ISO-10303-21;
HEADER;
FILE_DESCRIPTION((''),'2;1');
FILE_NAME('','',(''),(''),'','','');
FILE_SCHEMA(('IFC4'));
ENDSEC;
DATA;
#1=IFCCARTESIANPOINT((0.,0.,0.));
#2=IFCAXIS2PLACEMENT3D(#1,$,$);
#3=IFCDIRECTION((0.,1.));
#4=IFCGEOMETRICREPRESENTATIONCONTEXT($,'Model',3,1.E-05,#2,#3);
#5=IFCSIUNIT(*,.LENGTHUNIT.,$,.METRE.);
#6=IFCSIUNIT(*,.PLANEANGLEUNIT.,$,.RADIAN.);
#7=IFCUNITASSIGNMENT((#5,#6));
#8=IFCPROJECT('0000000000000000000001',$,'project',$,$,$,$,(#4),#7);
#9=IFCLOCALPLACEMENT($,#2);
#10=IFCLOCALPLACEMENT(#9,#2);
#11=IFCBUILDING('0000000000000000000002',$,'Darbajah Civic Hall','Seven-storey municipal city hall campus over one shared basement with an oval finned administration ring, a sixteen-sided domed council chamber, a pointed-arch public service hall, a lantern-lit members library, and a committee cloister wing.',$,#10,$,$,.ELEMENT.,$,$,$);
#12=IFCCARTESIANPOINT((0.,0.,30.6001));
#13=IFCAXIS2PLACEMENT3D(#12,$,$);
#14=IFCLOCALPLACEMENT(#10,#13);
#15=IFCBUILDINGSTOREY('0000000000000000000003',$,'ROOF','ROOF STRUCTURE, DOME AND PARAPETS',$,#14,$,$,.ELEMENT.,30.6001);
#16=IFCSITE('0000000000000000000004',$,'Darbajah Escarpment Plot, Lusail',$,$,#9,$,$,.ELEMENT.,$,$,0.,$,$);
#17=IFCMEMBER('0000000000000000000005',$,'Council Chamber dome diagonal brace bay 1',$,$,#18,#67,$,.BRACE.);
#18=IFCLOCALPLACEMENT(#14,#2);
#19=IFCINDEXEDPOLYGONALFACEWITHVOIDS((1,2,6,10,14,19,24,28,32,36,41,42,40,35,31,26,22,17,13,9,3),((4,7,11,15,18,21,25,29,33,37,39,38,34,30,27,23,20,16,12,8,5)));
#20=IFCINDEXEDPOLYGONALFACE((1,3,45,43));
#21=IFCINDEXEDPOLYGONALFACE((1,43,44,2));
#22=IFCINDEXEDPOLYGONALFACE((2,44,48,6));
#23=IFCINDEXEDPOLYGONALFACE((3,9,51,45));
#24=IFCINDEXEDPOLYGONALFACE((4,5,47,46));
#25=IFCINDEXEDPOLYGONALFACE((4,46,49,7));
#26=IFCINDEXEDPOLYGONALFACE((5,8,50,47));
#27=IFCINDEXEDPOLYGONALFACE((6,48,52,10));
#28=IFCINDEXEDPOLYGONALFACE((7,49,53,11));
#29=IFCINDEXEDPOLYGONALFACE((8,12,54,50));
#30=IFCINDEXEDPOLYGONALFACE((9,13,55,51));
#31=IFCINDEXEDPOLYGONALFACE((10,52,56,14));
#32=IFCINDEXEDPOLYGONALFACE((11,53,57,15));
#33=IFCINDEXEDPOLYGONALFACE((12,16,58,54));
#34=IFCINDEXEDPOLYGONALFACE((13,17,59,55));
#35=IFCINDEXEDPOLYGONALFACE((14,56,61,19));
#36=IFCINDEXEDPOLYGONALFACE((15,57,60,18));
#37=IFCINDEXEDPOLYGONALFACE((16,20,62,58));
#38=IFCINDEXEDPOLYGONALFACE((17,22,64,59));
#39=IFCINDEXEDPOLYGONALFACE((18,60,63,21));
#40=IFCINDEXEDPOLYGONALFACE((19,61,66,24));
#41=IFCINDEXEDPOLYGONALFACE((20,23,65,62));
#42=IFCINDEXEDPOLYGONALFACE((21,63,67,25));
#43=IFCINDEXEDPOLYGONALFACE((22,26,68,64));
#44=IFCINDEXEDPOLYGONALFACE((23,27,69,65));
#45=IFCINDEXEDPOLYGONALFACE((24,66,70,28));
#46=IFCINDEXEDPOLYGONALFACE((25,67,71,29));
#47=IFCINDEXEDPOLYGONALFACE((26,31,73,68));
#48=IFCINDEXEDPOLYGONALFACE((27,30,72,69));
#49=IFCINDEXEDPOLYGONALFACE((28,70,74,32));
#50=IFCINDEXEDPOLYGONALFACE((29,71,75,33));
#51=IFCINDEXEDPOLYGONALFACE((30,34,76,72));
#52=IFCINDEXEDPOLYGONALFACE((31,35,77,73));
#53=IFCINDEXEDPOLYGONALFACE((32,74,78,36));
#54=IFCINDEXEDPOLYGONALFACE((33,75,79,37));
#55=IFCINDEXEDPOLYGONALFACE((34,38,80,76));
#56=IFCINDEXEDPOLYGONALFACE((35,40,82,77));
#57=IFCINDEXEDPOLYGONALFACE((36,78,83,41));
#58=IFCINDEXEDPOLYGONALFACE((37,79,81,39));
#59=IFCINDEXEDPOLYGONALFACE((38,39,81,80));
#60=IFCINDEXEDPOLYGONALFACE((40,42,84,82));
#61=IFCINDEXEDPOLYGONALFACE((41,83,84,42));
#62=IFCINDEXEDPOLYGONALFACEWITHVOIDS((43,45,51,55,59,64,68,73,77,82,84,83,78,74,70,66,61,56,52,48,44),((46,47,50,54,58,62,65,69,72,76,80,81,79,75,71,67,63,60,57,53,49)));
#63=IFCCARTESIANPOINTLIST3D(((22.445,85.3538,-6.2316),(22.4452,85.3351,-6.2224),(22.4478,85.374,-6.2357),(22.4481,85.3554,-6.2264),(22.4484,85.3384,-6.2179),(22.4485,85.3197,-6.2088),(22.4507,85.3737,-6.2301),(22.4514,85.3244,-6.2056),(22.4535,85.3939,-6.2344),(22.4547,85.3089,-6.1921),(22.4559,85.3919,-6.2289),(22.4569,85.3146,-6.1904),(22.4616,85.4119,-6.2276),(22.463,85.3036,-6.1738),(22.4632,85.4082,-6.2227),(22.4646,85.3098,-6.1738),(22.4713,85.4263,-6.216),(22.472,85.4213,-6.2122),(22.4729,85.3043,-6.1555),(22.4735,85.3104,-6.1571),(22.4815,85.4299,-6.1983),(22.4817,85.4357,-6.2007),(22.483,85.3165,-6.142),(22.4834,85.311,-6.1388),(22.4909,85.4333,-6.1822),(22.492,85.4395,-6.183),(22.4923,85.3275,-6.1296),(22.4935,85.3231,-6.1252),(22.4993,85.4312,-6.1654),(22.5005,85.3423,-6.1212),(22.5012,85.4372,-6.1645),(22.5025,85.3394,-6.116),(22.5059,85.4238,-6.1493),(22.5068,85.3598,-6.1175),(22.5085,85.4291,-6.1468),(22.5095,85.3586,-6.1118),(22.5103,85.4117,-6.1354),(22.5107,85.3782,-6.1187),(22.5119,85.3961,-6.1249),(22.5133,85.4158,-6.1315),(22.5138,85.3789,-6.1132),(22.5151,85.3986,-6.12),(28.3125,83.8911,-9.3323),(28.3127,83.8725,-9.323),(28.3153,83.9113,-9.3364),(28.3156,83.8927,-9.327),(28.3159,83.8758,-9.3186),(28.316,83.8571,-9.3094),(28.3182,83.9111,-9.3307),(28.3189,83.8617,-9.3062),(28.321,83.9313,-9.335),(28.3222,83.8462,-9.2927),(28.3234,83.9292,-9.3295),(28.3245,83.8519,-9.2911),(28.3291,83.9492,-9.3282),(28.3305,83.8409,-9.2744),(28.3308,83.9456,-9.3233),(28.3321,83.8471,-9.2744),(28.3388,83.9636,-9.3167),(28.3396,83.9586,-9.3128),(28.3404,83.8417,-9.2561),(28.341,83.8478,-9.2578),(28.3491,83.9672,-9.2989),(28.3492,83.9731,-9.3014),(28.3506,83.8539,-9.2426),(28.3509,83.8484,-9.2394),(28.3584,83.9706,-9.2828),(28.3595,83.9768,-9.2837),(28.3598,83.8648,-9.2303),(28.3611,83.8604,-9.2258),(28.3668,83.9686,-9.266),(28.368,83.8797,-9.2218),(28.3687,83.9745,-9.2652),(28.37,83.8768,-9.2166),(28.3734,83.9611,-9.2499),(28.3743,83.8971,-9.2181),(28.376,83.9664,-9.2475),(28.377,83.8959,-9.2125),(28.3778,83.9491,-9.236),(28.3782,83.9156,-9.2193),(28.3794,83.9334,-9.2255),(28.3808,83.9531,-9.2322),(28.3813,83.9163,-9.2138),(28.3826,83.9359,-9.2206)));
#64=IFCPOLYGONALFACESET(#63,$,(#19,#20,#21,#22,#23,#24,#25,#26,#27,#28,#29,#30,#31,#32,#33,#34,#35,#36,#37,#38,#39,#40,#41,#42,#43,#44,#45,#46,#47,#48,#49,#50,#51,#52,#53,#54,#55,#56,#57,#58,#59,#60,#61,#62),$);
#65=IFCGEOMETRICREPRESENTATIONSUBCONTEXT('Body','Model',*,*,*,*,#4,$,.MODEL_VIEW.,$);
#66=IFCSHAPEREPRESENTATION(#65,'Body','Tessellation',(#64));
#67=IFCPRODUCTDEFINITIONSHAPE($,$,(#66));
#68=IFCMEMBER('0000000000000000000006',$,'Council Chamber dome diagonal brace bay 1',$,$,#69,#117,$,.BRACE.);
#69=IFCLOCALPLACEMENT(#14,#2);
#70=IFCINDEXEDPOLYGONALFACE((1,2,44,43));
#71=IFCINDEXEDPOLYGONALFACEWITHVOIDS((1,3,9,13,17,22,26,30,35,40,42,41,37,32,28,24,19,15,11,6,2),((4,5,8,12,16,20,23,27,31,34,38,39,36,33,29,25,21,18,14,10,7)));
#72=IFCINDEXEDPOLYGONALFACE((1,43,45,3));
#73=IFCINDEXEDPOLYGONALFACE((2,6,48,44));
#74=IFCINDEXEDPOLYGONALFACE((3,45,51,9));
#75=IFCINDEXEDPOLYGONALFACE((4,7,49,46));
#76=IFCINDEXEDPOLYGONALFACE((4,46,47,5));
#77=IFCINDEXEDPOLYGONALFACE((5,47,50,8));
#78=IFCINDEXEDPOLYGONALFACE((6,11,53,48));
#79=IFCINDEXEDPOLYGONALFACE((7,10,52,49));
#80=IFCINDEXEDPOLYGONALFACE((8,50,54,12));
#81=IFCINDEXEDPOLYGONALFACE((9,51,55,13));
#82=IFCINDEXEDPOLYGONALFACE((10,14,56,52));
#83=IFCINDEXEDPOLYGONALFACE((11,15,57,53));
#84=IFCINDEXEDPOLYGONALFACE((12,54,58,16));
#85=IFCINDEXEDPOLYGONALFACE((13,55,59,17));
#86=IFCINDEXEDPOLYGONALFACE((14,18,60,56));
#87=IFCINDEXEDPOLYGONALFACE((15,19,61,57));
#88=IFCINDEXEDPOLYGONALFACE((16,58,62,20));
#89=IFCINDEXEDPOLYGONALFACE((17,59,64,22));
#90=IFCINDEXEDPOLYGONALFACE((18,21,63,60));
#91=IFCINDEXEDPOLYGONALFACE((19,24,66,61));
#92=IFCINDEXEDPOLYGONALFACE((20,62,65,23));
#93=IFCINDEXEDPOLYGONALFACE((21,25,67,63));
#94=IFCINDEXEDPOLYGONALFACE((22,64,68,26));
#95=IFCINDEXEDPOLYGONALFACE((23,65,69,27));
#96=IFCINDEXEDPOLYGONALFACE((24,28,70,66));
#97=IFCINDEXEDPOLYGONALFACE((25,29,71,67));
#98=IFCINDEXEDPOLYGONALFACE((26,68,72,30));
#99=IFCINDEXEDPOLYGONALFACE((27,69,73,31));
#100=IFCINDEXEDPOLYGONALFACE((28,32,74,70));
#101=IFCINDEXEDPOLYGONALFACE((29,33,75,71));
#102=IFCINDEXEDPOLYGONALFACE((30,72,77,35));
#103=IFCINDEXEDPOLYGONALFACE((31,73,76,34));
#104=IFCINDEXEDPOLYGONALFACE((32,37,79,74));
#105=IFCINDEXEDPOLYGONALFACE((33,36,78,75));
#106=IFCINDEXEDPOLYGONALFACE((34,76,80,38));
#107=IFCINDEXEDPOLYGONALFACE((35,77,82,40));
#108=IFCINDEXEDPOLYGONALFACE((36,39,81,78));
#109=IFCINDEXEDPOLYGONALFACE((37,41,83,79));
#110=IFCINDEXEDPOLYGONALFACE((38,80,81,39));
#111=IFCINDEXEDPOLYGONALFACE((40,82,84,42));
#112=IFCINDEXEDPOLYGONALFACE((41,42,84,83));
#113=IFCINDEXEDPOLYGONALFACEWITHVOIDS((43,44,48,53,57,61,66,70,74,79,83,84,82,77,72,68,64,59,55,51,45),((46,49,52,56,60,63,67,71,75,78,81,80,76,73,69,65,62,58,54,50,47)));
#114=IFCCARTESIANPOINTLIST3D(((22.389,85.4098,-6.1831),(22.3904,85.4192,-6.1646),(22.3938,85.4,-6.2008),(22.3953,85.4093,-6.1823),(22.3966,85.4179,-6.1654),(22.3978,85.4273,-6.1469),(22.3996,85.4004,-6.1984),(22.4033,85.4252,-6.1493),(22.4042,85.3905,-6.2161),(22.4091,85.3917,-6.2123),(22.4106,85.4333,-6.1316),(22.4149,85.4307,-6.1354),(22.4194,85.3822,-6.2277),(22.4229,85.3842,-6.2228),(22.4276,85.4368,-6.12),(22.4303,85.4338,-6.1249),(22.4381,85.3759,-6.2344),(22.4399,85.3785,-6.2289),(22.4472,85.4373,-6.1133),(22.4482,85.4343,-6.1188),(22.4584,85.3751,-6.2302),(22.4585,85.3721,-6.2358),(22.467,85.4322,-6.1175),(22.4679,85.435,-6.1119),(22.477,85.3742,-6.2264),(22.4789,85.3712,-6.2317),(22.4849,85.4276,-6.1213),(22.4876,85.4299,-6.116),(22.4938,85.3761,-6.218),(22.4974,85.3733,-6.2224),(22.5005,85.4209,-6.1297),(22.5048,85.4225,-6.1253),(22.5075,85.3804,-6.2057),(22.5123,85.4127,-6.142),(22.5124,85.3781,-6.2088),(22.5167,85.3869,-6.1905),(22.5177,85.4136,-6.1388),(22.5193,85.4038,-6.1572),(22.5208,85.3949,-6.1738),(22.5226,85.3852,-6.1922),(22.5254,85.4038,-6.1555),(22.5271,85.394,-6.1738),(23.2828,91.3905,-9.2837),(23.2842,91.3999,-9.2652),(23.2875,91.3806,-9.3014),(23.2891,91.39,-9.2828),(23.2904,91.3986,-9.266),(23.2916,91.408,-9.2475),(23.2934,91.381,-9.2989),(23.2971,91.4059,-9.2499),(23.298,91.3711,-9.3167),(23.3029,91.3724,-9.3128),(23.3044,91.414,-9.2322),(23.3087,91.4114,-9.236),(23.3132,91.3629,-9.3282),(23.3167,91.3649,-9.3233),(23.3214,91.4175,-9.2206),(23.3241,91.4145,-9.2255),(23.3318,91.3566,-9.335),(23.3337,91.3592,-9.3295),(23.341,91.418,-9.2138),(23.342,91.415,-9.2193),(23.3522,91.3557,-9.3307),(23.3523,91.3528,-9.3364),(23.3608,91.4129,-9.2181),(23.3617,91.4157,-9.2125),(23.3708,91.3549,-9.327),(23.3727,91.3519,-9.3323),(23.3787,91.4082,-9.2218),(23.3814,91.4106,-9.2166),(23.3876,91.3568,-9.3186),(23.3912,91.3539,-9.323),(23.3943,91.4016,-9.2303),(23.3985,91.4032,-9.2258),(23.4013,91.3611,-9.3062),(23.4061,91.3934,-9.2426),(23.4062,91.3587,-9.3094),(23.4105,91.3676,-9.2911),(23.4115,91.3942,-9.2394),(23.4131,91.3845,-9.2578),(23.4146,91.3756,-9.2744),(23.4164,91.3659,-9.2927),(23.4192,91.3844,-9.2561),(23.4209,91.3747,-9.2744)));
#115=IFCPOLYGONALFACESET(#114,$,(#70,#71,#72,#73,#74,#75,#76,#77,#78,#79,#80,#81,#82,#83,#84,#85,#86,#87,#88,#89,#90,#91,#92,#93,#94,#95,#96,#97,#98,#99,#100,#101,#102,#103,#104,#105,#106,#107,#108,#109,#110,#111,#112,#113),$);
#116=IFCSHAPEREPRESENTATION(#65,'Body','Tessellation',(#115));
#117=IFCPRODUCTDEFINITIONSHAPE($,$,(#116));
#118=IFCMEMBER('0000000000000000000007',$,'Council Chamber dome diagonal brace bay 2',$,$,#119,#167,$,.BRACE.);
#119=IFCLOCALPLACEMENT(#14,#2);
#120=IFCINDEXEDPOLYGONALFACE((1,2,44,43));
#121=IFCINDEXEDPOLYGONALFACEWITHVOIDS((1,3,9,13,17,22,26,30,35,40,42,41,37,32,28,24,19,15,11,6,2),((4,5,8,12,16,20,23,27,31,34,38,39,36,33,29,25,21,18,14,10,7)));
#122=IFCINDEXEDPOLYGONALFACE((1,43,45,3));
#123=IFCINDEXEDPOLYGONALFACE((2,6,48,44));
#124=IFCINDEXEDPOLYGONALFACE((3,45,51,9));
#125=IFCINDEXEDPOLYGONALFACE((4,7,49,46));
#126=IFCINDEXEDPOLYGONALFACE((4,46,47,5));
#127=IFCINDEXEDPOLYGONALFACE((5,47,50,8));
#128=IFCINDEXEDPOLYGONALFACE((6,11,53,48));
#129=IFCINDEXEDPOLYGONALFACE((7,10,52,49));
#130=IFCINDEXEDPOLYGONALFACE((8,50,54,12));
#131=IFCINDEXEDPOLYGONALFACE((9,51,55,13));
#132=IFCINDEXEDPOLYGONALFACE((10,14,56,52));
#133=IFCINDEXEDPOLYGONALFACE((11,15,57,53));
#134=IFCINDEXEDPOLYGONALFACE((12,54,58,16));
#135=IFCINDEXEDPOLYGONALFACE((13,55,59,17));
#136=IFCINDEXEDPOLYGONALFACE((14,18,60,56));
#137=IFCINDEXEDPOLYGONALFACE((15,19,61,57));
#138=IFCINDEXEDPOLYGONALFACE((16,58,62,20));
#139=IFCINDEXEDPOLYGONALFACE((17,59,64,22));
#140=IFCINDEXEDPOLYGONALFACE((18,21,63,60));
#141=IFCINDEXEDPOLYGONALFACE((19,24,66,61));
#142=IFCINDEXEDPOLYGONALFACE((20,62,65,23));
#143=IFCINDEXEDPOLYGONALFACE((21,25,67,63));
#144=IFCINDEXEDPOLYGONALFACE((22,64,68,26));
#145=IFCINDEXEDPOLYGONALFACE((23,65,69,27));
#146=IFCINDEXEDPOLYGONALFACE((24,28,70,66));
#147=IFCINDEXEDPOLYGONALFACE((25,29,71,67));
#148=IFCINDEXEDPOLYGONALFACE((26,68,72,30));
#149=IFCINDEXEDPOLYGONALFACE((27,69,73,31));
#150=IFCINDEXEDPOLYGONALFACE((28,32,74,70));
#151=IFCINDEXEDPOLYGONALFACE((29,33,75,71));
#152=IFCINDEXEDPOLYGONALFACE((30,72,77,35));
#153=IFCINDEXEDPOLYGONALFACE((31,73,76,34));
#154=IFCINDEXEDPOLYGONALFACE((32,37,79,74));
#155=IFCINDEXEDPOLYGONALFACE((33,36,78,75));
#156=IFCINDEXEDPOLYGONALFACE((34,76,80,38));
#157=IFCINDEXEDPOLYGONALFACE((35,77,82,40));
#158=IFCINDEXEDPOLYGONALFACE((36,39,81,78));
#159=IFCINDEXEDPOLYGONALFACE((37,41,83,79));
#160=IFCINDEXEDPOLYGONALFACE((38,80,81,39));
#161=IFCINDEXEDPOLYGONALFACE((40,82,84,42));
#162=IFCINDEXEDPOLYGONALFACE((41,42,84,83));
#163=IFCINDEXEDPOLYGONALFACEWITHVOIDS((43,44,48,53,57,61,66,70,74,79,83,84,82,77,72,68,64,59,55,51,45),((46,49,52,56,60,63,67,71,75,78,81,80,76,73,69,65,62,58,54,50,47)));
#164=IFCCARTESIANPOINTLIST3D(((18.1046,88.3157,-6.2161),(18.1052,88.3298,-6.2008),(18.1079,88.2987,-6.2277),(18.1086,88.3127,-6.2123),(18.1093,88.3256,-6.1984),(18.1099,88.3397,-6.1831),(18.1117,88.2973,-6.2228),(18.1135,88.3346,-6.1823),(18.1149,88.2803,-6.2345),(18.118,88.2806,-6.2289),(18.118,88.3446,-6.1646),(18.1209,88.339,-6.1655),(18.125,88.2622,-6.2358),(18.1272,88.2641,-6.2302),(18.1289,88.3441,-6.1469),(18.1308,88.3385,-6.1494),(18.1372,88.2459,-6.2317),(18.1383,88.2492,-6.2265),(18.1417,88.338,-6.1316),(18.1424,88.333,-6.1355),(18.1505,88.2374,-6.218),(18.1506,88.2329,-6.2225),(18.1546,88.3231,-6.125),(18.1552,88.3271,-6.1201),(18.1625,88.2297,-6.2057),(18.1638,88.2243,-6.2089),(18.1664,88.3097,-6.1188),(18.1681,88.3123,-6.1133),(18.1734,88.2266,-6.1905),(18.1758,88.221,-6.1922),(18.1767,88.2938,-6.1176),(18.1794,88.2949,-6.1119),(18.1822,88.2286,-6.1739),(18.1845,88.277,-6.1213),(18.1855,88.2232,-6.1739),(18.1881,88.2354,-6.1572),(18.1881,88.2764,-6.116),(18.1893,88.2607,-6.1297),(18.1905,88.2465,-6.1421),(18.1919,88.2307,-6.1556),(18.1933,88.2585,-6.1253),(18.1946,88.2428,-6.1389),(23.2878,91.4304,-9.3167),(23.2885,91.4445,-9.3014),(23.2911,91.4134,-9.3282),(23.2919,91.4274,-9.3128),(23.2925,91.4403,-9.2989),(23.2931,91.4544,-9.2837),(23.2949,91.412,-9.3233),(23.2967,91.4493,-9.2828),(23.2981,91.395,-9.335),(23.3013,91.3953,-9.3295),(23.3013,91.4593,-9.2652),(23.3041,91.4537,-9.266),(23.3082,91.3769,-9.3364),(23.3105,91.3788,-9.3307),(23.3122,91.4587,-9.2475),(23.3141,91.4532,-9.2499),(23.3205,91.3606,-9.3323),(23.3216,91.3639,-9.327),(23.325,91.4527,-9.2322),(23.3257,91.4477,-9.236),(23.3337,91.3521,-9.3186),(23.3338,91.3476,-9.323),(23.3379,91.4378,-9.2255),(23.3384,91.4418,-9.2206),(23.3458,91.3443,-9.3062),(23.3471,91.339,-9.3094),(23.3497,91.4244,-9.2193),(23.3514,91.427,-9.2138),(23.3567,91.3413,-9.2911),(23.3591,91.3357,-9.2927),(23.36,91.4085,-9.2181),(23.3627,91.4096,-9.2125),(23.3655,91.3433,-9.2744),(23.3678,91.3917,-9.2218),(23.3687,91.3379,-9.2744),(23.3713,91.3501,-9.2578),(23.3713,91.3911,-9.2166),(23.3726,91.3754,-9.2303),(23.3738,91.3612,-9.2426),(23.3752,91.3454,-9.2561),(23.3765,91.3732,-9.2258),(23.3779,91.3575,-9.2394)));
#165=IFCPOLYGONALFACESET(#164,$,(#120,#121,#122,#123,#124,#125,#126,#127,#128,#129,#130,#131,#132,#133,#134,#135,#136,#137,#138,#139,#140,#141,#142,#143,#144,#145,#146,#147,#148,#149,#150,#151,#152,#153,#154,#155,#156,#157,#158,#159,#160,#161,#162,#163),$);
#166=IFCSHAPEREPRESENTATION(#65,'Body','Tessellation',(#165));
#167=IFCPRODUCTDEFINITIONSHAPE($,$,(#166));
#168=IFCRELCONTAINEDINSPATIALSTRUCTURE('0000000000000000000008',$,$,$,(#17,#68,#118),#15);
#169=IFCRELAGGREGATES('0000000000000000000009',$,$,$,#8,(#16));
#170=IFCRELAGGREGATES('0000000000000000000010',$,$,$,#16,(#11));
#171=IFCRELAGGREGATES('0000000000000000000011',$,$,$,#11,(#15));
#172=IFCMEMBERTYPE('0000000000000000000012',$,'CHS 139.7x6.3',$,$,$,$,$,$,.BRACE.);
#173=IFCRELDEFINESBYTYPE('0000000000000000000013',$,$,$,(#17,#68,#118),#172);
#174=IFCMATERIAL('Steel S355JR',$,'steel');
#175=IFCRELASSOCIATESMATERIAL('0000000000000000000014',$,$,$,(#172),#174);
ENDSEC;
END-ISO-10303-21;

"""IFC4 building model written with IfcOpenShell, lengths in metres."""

from ifc_helpers import new_model, si_unit, direction, frame, origin, origin_2d, place, context, subcontext, project, spatial, hollow_circle, extrude, material, material_profile, profile_set, type_object, element, save


model = new_model("IFC4")

# Units and contexts
model_context = context("Model", 3, precision=1e-05, world=origin(), true_north=direction((0.0, 1.0)))
body_context = subcontext(model_context, "Body", "Model", "MODEL_VIEW")
ifc_project = project(units=[si_unit("LENGTHUNIT", "METRE"), si_unit("PLANEANGLEUNIT", "RADIAN")], contexts=[model_context])

# Site, building, storey
site_placement = place(None, origin())
site = spatial("IfcSite", under=ifc_project, at=site_placement, Name="Darbajah Escarpment Plot, Lusail", CompositionType="ELEMENT", RefElevation=0.0)
building_placement = place(site_placement, origin())
building = spatial("IfcBuilding", under=site, at=building_placement, Name="Darbajah Civic Hall", Description="Seven-storey municipal city hall campus over one shared basement with an oval finned administration ring, a sixteen-sided domed council chamber, a pointed-arch public service hall, a lantern-lit members library, and a committee cloister wing.", CompositionType="ELEMENT")
storey_placement = place(building_placement, frame((0.0, 0.0, 30.6001)))
storey = spatial("IfcBuildingStorey", under=building, at=storey_placement, Name="ROOF", Description="ROOF STRUCTURE, DOME AND PARAPETS", CompositionType="ELEMENT", Elevation=30.6001)

# Members
ifc_material = material(Name="Steel S355JR", Category="steel")
ifc_material_profile_1 = material_profile(ifc_material, hollow_circle(Radius=0.0698, WallThickness=0.0063, at=origin_2d()), Name="CHS 139.7x6.3")
ifc_profile_set_1 = profile_set([ifc_material_profile_1], Name="Steel S355JR")
member_type_1 = type_object("IfcMemberType", Name="CHS 139.7x6.3", PredefinedType="BRACE", material=ifc_profile_set_1)
for number, where, z_axis, x_axis, name in (
    (1, (28.3474, 83.9087, -9.2744), (-0.863421, 0.215235, 0.456266), (-0.24188, -0.970306, 0.0), "Council Chamber dome diagonal brace bay 1"),
    (2, (23.3518, 91.385, -9.2744), (-0.131524, -0.880074, 0.456258), (0.989016, -0.147805, 0.0), "Council Chamber dome diagonal brace bay 1"),
    (3, (23.3328, 91.3977, -9.2744), (-0.762733, -0.458337, 0.456253), (0.515072, -0.857147, 0.0), "Council Chamber dome diagonal brace bay 2"),
):
    element("IfcMember", number, at=place(storey_placement, frame(where, z_axis=z_axis, x_axis=x_axis)), inside=storey, type_object=member_type_1, Name=name, PredefinedType="BRACE", context=body_context, shape_type="SweptSolid", body=[
        extrude(hollow_circle(Radius=0.0698, WallThickness=0.0063, at=origin_2d()), origin(), (0.0, 0.0, 1.0), 6.7957),
    ])

save(model, "model.ifc")
